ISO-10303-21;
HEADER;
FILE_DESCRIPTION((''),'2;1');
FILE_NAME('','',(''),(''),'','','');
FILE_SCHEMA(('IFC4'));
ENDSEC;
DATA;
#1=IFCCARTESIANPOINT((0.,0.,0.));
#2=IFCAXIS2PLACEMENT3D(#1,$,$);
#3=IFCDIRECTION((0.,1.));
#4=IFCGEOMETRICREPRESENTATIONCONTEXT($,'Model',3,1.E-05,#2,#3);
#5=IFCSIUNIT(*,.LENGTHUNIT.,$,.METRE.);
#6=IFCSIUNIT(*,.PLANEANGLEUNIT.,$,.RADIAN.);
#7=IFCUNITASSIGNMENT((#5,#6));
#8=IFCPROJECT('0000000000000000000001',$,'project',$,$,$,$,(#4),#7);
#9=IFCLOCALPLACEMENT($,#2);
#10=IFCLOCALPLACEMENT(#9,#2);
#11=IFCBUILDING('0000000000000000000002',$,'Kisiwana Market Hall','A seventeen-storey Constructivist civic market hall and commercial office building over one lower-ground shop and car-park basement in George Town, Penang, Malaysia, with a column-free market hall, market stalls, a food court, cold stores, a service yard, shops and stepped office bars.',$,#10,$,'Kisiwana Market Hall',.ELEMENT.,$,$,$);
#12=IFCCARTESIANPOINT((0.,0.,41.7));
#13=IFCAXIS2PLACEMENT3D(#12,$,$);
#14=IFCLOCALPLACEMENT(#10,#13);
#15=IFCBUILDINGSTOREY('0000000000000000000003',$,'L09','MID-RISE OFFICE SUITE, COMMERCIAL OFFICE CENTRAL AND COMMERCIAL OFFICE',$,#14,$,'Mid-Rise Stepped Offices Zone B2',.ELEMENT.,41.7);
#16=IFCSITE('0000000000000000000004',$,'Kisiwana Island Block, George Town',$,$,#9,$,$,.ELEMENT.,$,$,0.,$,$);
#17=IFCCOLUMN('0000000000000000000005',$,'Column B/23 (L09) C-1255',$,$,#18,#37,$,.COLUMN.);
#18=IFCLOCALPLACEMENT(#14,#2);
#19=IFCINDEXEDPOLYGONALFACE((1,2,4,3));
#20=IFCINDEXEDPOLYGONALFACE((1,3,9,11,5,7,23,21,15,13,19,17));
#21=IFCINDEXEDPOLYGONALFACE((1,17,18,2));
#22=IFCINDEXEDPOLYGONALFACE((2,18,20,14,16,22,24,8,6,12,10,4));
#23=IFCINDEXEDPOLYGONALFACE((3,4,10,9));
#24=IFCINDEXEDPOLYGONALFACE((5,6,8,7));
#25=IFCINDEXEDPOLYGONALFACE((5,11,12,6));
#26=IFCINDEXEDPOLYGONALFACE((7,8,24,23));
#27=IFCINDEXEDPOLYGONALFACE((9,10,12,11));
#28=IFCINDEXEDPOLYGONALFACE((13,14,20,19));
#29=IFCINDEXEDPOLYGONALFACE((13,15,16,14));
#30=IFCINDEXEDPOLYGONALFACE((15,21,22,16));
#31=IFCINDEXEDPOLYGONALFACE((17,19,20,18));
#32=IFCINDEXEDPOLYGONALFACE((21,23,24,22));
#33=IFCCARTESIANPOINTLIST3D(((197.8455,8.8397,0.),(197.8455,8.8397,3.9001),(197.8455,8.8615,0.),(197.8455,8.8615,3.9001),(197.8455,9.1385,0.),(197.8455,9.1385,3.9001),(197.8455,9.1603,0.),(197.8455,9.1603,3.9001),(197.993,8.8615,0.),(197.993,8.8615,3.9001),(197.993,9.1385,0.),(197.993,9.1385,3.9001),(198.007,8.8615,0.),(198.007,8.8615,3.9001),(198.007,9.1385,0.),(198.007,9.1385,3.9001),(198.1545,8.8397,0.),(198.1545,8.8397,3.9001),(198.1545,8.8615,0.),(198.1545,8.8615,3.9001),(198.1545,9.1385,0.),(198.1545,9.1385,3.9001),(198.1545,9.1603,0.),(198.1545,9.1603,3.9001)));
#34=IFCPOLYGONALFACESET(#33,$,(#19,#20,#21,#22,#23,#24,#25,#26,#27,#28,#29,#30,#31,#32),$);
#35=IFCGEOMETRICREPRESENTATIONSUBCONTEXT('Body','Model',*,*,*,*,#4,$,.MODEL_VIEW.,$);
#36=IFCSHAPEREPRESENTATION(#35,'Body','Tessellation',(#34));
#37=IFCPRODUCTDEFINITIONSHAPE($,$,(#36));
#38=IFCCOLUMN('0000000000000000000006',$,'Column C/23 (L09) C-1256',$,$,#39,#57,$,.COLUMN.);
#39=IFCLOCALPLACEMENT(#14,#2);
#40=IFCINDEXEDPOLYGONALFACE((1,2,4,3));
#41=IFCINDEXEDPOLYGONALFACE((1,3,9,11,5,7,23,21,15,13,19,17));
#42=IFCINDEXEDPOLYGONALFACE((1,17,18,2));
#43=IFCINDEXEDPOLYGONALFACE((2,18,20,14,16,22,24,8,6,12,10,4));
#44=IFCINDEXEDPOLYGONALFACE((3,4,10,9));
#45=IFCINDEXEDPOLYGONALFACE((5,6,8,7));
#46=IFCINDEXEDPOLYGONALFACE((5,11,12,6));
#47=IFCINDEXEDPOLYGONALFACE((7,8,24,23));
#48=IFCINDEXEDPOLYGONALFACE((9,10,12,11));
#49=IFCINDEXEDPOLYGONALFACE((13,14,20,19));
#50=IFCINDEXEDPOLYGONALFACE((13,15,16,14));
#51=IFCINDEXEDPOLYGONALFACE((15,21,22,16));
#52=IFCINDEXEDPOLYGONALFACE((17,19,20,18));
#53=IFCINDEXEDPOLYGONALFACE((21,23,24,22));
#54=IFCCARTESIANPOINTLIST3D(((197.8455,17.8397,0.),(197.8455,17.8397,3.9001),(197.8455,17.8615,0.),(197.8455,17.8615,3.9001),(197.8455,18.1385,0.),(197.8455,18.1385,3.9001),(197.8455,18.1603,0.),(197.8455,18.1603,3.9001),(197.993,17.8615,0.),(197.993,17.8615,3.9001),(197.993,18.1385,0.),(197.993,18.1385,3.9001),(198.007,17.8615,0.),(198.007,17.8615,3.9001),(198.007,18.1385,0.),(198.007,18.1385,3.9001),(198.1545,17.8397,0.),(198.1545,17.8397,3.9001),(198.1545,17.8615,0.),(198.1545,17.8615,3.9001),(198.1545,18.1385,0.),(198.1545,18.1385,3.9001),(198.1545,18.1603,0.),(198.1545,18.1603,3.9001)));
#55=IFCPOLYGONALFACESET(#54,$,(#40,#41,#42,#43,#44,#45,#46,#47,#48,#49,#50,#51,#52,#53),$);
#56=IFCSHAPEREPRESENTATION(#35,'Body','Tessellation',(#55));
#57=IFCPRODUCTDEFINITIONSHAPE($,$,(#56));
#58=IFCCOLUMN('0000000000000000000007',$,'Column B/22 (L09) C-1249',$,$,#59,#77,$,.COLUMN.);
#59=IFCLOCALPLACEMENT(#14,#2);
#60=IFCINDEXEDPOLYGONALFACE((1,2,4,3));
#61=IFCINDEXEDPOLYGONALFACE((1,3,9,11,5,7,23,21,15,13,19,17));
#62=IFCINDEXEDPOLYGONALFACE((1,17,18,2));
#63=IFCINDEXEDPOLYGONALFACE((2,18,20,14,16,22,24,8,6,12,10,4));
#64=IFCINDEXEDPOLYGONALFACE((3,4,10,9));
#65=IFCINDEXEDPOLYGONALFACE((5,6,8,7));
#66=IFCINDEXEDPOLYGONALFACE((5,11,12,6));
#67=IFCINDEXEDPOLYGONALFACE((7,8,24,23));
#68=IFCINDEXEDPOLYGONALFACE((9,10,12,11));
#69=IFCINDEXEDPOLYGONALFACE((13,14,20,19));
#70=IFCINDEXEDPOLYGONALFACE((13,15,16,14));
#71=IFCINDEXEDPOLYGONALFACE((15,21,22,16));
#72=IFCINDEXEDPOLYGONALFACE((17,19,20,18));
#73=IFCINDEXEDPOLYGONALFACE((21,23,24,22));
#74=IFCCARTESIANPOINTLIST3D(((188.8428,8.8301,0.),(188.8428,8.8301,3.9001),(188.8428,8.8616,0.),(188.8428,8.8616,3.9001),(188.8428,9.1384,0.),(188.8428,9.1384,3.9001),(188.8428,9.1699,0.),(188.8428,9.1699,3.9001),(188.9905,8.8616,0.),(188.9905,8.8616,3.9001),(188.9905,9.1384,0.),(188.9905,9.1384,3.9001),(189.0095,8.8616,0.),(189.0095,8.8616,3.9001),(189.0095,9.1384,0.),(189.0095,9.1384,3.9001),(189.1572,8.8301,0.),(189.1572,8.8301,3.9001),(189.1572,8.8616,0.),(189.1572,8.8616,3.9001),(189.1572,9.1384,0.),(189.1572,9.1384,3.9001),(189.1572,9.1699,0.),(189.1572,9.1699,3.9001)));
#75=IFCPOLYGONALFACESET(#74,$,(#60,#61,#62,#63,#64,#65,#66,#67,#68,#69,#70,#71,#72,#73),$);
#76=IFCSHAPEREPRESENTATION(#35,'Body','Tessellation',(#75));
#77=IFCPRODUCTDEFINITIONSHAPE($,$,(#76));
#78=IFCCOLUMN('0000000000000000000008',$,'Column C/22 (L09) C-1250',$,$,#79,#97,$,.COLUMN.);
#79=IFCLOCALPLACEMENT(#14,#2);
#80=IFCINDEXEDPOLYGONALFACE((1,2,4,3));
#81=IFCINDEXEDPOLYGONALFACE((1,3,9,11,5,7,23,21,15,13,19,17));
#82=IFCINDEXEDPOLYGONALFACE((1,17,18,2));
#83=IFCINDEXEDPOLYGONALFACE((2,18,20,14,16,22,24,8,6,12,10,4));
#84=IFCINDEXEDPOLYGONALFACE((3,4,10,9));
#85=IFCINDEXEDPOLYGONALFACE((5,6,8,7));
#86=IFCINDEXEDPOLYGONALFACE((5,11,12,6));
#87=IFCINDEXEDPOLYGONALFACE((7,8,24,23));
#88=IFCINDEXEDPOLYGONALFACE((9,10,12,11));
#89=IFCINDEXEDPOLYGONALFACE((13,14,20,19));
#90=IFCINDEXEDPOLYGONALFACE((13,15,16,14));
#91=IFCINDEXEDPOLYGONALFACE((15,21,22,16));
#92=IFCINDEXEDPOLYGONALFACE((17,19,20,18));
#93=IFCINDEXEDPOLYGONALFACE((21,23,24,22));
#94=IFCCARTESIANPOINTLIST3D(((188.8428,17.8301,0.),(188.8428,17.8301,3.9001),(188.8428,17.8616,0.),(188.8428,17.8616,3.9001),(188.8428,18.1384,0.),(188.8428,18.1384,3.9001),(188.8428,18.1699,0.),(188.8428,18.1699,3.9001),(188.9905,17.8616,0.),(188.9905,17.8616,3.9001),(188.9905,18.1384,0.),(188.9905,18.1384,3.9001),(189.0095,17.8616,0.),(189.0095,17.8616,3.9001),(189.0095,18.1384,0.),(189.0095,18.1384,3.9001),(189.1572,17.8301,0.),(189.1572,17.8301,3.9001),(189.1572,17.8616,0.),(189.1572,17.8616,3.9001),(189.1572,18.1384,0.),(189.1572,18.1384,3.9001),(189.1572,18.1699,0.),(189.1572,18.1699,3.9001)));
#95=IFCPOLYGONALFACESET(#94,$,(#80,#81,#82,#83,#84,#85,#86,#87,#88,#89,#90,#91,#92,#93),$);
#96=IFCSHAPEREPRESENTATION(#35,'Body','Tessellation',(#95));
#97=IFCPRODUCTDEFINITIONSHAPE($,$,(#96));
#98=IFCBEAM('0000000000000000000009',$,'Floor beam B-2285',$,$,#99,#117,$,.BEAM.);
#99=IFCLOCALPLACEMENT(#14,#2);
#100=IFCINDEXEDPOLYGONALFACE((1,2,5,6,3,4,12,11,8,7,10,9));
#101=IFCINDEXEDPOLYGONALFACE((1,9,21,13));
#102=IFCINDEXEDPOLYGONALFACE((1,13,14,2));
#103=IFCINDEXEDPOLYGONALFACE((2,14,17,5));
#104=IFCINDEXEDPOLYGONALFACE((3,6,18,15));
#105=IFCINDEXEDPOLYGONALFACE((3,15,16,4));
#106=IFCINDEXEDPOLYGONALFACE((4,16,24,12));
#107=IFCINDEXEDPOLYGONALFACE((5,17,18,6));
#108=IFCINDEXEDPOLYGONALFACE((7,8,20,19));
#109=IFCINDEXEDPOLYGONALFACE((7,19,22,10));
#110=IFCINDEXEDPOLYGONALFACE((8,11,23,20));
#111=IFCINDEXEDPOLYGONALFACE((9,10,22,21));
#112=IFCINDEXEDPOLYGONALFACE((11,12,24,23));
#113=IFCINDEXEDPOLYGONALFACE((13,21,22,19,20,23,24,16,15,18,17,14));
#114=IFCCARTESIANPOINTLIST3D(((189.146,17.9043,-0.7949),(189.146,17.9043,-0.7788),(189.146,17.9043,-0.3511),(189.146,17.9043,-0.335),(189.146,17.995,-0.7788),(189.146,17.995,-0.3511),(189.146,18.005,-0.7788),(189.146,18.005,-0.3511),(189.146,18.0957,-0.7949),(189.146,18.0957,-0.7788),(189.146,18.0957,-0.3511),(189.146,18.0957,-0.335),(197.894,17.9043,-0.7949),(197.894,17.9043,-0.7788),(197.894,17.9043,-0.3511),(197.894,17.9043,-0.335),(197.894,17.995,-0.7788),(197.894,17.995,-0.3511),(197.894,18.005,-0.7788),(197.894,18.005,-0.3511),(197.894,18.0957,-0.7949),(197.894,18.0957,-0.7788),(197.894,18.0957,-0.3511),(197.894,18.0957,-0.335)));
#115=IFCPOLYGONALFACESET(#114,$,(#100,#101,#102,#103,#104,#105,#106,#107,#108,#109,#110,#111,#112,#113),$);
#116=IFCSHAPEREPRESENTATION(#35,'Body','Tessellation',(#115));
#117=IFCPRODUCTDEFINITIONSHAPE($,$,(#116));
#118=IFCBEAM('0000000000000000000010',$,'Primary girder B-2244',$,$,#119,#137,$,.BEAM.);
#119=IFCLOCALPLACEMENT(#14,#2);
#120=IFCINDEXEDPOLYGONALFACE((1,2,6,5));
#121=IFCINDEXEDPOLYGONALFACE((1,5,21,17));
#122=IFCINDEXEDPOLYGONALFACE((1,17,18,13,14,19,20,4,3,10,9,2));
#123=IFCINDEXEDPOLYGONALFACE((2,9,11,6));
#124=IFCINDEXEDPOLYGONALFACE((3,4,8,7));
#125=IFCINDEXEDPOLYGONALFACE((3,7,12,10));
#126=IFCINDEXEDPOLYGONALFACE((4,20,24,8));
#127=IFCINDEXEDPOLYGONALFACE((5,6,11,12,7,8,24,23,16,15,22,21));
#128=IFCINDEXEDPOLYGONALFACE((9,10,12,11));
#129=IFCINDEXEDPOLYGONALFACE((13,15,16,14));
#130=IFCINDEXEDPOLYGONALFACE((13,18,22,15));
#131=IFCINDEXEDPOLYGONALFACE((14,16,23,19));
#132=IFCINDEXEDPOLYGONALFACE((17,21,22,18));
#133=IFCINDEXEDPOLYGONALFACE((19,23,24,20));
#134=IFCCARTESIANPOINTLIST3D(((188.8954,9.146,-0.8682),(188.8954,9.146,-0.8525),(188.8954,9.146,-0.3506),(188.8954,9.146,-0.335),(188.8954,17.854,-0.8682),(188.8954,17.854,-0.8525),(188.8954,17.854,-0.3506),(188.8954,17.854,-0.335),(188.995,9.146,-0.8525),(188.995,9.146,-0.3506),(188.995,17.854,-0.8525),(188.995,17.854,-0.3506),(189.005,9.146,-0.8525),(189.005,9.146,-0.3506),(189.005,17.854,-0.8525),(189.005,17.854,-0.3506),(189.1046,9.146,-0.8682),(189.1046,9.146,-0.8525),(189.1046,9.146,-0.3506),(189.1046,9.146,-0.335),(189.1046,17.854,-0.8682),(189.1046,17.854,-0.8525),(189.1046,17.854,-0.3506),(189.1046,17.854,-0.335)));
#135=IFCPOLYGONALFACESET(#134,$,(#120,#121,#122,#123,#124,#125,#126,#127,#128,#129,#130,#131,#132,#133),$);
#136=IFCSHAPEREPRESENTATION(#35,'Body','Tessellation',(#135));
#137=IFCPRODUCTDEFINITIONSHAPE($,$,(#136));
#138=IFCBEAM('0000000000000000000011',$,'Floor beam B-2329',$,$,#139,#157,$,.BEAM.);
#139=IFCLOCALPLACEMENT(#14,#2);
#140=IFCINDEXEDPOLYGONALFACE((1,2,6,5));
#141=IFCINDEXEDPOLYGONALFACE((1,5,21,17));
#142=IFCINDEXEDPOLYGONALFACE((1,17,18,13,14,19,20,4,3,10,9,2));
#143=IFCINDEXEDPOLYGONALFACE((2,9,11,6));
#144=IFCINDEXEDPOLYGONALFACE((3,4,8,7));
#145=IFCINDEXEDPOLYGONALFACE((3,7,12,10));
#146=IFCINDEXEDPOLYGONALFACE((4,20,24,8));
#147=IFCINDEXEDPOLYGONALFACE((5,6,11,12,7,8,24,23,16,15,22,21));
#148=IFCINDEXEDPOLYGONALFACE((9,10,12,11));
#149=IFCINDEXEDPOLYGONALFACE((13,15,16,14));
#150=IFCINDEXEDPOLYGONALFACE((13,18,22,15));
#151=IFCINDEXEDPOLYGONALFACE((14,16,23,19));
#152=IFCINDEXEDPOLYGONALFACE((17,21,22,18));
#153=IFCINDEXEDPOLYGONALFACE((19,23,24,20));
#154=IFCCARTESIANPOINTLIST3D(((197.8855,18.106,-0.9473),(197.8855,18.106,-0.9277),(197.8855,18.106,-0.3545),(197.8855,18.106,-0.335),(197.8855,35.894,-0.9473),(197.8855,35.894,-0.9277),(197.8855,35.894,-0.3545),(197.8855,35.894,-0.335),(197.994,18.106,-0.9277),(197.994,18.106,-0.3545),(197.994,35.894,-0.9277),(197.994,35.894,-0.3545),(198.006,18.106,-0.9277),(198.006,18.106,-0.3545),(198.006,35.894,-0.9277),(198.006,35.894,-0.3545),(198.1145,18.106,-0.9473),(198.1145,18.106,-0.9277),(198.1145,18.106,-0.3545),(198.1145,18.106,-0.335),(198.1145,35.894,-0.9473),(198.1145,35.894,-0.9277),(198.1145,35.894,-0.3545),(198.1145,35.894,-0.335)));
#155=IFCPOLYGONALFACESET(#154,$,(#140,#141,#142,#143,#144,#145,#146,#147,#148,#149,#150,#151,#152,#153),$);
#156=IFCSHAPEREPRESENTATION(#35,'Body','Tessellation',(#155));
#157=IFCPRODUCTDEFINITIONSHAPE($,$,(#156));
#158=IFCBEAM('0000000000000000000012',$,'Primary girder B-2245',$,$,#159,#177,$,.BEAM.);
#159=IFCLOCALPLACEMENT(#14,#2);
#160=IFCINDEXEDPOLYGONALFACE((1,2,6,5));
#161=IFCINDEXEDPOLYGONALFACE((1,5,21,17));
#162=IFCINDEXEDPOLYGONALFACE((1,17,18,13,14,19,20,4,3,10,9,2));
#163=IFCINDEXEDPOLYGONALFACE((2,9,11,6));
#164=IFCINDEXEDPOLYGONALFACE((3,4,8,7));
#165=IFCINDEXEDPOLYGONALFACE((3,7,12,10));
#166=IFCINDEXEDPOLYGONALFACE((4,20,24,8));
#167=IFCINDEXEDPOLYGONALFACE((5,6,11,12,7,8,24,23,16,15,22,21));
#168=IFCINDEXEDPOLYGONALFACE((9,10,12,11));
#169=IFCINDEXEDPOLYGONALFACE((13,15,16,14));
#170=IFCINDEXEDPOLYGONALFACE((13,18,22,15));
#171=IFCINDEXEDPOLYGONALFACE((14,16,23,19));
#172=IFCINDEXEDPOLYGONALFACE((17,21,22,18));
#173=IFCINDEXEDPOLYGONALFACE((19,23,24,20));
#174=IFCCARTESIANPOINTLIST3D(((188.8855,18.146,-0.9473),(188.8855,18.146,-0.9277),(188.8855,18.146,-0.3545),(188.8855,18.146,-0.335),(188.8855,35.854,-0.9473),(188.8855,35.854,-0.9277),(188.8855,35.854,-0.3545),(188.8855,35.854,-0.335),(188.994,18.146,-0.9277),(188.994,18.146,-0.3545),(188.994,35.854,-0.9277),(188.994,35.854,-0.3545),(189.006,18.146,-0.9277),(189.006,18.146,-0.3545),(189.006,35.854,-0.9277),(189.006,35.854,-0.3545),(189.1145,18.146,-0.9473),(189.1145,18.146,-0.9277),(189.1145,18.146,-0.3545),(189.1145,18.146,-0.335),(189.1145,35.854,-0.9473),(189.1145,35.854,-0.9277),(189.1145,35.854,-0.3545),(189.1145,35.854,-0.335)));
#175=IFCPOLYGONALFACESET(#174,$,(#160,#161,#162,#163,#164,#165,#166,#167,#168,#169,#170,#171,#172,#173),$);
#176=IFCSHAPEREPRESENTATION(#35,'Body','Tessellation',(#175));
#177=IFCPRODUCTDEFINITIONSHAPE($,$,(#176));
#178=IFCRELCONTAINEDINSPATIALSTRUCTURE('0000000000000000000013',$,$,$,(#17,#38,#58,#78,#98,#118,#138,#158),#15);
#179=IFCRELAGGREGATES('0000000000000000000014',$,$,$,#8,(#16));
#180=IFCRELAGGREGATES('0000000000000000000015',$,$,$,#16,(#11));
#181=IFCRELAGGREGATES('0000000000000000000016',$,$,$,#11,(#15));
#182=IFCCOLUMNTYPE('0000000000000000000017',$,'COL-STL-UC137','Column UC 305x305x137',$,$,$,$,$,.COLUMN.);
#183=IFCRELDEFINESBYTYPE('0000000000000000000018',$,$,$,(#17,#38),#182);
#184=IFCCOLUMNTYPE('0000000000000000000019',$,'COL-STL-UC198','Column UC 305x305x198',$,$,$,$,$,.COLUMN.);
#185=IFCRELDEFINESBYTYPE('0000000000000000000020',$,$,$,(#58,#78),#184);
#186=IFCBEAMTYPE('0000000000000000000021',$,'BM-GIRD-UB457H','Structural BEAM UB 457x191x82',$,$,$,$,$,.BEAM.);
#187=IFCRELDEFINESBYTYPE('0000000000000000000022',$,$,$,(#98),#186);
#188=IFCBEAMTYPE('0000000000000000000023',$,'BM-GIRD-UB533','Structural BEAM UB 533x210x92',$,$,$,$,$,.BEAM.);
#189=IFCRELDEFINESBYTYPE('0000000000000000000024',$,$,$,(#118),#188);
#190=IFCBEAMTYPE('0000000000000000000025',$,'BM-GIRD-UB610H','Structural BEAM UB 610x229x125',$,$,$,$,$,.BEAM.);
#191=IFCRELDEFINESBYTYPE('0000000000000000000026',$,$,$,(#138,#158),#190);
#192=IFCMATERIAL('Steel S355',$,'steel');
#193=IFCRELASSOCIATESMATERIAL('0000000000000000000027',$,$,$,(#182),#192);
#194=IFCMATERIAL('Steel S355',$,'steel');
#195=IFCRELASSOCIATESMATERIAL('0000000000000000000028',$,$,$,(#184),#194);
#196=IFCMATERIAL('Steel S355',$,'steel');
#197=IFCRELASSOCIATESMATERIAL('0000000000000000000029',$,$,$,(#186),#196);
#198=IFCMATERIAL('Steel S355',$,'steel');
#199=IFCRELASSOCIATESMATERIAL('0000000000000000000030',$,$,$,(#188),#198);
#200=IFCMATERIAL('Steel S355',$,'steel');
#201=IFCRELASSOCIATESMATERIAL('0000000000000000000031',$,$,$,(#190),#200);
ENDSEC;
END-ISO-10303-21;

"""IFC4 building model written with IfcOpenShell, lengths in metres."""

from ifc_helpers import new_model, si_unit, direction, frame, origin, origin_2d, place, context, subcontext, project, spatial, i_section, extrude, material, material_profile, profile_set, type_object, element, save


model = new_model("IFC4")

# Units and contexts
model_context = context("Model", 3, precision=1e-05, world=origin(), true_north=direction((0.0, 1.0)))
body_context = subcontext(model_context, "Body", "Model", "MODEL_VIEW")
ifc_project = project(units=[si_unit("LENGTHUNIT", "METRE"), si_unit("PLANEANGLEUNIT", "RADIAN")], contexts=[model_context])

# Site, building, storey
site_placement = place(None, origin())
site = spatial("IfcSite", under=ifc_project, at=site_placement, Name="Kisiwana Island Block, George Town", CompositionType="ELEMENT", RefElevation=0.0)
building_placement = place(site_placement, origin())
building = spatial("IfcBuilding", under=site, at=building_placement, Name="Kisiwana Market Hall", Description="A seventeen-storey Constructivist civic market hall and commercial office building over one lower-ground shop and car-park basement in George Town, Penang, Malaysia, with a column-free market hall, market stalls, a food court, cold stores, a service yard, shops and stepped office bars.", LongName="Kisiwana Market Hall", CompositionType="ELEMENT")
storey_placement = place(building_placement, frame((0.0, 0.0, 41.7)))
storey = spatial("IfcBuildingStorey", under=building, at=storey_placement, Name="L09", Description="MID-RISE OFFICE SUITE, COMMERCIAL OFFICE CENTRAL AND COMMERCIAL OFFICE", LongName="Mid-Rise Stepped Offices Zone B2", CompositionType="ELEMENT", Elevation=41.7)

# Columns
ifc_material_1 = material(Name="Steel S355", Category="steel")
ifc_material_profile_1 = material_profile(ifc_material_1, i_section(OverallWidth=0.3091, OverallDepth=0.3206, WebThickness=0.0139, FlangeThickness=0.0217, at=origin_2d()), Name="UC 305x305x137")
ifc_profile_set_1 = profile_set([ifc_material_profile_1], Name="Steel S355")
column_type_1 = type_object("IfcColumnType", Name="COL-STL-UC137", Description="Column UC 305x305x137", PredefinedType="COLUMN", material=ifc_profile_set_1)
for number, where, z_axis, x_axis, name in (
    (1, (198.0, 9.0, 0.0), (0.0, 0.0, 1.0), (1.0, 0.0, 0.0), "Column B/23 (L09) C-1255"),
    (2, (198.0, 18.0, 0.0), (0.0, 0.0, 1.0), (1.0, 0.0, 0.0), "Column C/23 (L09) C-1256"),
):
    element("IfcColumn", number, at=place(storey_placement, frame(where, z_axis=z_axis, x_axis=x_axis)), inside=storey, type_object=column_type_1, Name=name, PredefinedType="COLUMN", context=body_context, shape_type="SweptSolid", body=[
        extrude(i_section(OverallWidth=0.3091, OverallDepth=0.3206, WebThickness=0.0139, FlangeThickness=0.0217, at=origin_2d()), origin(), (0.0, 0.0, 1.0), 3.9001),
    ])
ifc_material_2 = material(Name="Steel S355", Category="steel")
ifc_material_profile_2 = material_profile(ifc_material_2, i_section(OverallWidth=0.3145, OverallDepth=0.3398, WebThickness=0.019, FlangeThickness=0.0315, at=origin_2d()), Name="UC 305x305x198")
ifc_profile_set_2 = profile_set([ifc_material_profile_2], Name="Steel S355")
column_type_2 = type_object("IfcColumnType", Name="COL-STL-UC198", Description="Column UC 305x305x198", PredefinedType="COLUMN", material=ifc_profile_set_2)
for number, where, z_axis, x_axis, name in (
    (3, (189.0, 9.0, 0.0), (0.0, 0.0, 1.0), (1.0, 0.0, 0.0), "Column B/22 (L09) C-1249"),
    (4, (189.0, 18.0, 0.0), (0.0, 0.0, 1.0), (1.0, 0.0, 0.0), "Column C/22 (L09) C-1250"),
):
    element("IfcColumn", number, at=place(storey_placement, frame(where, z_axis=z_axis, x_axis=x_axis)), inside=storey, type_object=column_type_2, Name=name, PredefinedType="COLUMN", context=body_context, shape_type="SweptSolid", body=[
        extrude(i_section(OverallWidth=0.3145, OverallDepth=0.3398, WebThickness=0.019, FlangeThickness=0.0315, at=origin_2d()), origin(), (0.0, 0.0, 1.0), 3.9001),
    ])

# Beams
ifc_material_3 = material(Name="Steel S355", Category="steel")
ifc_material_profile_3 = material_profile(ifc_material_3, i_section(OverallWidth=0.1914, OverallDepth=0.46, WebThickness=0.01, FlangeThickness=0.0161, at=origin_2d()), Name="UB 457x191x82")
ifc_profile_set_3 = profile_set([ifc_material_profile_3], Name="Steel S355")
beam_type_1 = type_object("IfcBeamType", Name="BM-GIRD-UB457H", Description="Structural BEAM UB 457x191x82", PredefinedType="BEAM", material=ifc_profile_set_3)
beam_1_placement = place(storey_placement, frame((189.146, 18.0, -0.5649), z_axis=(1.0, 0.0, 0.0), x_axis=(0.0, 1.0, 0.0)))
element("IfcBeam", 5, at=beam_1_placement, inside=storey, type_object=beam_type_1, Name="Floor beam B-2285", PredefinedType="BEAM", context=body_context, shape_type="SweptSolid", body=[
    extrude(i_section(OverallWidth=0.1914, OverallDepth=0.46, WebThickness=0.01, FlangeThickness=0.0161, at=origin_2d()), origin(), (0.0, 0.0, 1.0), 8.748),
])
ifc_material_4 = material(Name="Steel S355", Category="steel")
ifc_material_profile_4 = material_profile(ifc_material_4, i_section(OverallWidth=0.2092, OverallDepth=0.5332, WebThickness=0.01, FlangeThickness=0.0156, at=origin_2d()), Name="UB 533x210x92")
ifc_profile_set_4 = profile_set([ifc_material_profile_4], Name="Steel S355")
beam_type_2 = type_object("IfcBeamType", Name="BM-GIRD-UB533", Description="Structural BEAM UB 533x210x92", PredefinedType="BEAM", material=ifc_profile_set_4)
beam_2_placement = place(storey_placement, frame((189.0, 9.146, -0.6016), z_axis=(0.0, 1.0, 0.0), x_axis=(-1.0, 0.0, 0.0)))
element("IfcBeam", 6, at=beam_2_placement, inside=storey, type_object=beam_type_2, Name="Primary girder B-2244", PredefinedType="BEAM", context=body_context, shape_type="SweptSolid", body=[
    extrude(i_section(OverallWidth=0.2092, OverallDepth=0.5332, WebThickness=0.01, FlangeThickness=0.0156, at=origin_2d()), origin(), (0.0, 0.0, 1.0), 8.708),
])
ifc_material_5 = material(Name="Steel S355", Category="steel")
ifc_material_profile_5 = material_profile(ifc_material_5, i_section(OverallWidth=0.229, OverallDepth=0.6123, WebThickness=0.012, FlangeThickness=0.0195, at=origin_2d()), Name="UB 610x229x125")
ifc_profile_set_5 = profile_set([ifc_material_profile_5], Name="Steel S355")
beam_type_3 = type_object("IfcBeamType", Name="BM-GIRD-UB610H", Description="Structural BEAM UB 610x229x125", PredefinedType="BEAM", material=ifc_profile_set_5)
beam_3_placement = place(storey_placement, frame((198.0, 18.106, -0.6411), z_axis=(0.0, 1.0, 0.0), x_axis=(-1.0, 0.0, 0.0)))
element("IfcBeam", 7, at=beam_3_placement, inside=storey, type_object=beam_type_3, Name="Floor beam B-2329", PredefinedType="BEAM", context=body_context, shape_type="SweptSolid", body=[
    extrude(i_section(OverallWidth=0.229, OverallDepth=0.6123, WebThickness=0.012, FlangeThickness=0.0195, at=origin_2d()), origin(), (0.0, 0.0, 1.0), 17.7881),
])
beam_4_placement = place(storey_placement, frame((189.0, 18.146, -0.6411), z_axis=(0.0, 1.0, 0.0), x_axis=(-1.0, 0.0, 0.0)))
element("IfcBeam", 8, at=beam_4_placement, inside=storey, type_object=beam_type_3, Name="Primary girder B-2245", PredefinedType="BEAM", context=body_context, shape_type="SweptSolid", body=[
    extrude(i_section(OverallWidth=0.229, OverallDepth=0.6123, WebThickness=0.012, FlangeThickness=0.0195, at=origin_2d()), origin(), (0.0, 0.0, 1.0), 17.708),
])

save(model, "model.ifc")
